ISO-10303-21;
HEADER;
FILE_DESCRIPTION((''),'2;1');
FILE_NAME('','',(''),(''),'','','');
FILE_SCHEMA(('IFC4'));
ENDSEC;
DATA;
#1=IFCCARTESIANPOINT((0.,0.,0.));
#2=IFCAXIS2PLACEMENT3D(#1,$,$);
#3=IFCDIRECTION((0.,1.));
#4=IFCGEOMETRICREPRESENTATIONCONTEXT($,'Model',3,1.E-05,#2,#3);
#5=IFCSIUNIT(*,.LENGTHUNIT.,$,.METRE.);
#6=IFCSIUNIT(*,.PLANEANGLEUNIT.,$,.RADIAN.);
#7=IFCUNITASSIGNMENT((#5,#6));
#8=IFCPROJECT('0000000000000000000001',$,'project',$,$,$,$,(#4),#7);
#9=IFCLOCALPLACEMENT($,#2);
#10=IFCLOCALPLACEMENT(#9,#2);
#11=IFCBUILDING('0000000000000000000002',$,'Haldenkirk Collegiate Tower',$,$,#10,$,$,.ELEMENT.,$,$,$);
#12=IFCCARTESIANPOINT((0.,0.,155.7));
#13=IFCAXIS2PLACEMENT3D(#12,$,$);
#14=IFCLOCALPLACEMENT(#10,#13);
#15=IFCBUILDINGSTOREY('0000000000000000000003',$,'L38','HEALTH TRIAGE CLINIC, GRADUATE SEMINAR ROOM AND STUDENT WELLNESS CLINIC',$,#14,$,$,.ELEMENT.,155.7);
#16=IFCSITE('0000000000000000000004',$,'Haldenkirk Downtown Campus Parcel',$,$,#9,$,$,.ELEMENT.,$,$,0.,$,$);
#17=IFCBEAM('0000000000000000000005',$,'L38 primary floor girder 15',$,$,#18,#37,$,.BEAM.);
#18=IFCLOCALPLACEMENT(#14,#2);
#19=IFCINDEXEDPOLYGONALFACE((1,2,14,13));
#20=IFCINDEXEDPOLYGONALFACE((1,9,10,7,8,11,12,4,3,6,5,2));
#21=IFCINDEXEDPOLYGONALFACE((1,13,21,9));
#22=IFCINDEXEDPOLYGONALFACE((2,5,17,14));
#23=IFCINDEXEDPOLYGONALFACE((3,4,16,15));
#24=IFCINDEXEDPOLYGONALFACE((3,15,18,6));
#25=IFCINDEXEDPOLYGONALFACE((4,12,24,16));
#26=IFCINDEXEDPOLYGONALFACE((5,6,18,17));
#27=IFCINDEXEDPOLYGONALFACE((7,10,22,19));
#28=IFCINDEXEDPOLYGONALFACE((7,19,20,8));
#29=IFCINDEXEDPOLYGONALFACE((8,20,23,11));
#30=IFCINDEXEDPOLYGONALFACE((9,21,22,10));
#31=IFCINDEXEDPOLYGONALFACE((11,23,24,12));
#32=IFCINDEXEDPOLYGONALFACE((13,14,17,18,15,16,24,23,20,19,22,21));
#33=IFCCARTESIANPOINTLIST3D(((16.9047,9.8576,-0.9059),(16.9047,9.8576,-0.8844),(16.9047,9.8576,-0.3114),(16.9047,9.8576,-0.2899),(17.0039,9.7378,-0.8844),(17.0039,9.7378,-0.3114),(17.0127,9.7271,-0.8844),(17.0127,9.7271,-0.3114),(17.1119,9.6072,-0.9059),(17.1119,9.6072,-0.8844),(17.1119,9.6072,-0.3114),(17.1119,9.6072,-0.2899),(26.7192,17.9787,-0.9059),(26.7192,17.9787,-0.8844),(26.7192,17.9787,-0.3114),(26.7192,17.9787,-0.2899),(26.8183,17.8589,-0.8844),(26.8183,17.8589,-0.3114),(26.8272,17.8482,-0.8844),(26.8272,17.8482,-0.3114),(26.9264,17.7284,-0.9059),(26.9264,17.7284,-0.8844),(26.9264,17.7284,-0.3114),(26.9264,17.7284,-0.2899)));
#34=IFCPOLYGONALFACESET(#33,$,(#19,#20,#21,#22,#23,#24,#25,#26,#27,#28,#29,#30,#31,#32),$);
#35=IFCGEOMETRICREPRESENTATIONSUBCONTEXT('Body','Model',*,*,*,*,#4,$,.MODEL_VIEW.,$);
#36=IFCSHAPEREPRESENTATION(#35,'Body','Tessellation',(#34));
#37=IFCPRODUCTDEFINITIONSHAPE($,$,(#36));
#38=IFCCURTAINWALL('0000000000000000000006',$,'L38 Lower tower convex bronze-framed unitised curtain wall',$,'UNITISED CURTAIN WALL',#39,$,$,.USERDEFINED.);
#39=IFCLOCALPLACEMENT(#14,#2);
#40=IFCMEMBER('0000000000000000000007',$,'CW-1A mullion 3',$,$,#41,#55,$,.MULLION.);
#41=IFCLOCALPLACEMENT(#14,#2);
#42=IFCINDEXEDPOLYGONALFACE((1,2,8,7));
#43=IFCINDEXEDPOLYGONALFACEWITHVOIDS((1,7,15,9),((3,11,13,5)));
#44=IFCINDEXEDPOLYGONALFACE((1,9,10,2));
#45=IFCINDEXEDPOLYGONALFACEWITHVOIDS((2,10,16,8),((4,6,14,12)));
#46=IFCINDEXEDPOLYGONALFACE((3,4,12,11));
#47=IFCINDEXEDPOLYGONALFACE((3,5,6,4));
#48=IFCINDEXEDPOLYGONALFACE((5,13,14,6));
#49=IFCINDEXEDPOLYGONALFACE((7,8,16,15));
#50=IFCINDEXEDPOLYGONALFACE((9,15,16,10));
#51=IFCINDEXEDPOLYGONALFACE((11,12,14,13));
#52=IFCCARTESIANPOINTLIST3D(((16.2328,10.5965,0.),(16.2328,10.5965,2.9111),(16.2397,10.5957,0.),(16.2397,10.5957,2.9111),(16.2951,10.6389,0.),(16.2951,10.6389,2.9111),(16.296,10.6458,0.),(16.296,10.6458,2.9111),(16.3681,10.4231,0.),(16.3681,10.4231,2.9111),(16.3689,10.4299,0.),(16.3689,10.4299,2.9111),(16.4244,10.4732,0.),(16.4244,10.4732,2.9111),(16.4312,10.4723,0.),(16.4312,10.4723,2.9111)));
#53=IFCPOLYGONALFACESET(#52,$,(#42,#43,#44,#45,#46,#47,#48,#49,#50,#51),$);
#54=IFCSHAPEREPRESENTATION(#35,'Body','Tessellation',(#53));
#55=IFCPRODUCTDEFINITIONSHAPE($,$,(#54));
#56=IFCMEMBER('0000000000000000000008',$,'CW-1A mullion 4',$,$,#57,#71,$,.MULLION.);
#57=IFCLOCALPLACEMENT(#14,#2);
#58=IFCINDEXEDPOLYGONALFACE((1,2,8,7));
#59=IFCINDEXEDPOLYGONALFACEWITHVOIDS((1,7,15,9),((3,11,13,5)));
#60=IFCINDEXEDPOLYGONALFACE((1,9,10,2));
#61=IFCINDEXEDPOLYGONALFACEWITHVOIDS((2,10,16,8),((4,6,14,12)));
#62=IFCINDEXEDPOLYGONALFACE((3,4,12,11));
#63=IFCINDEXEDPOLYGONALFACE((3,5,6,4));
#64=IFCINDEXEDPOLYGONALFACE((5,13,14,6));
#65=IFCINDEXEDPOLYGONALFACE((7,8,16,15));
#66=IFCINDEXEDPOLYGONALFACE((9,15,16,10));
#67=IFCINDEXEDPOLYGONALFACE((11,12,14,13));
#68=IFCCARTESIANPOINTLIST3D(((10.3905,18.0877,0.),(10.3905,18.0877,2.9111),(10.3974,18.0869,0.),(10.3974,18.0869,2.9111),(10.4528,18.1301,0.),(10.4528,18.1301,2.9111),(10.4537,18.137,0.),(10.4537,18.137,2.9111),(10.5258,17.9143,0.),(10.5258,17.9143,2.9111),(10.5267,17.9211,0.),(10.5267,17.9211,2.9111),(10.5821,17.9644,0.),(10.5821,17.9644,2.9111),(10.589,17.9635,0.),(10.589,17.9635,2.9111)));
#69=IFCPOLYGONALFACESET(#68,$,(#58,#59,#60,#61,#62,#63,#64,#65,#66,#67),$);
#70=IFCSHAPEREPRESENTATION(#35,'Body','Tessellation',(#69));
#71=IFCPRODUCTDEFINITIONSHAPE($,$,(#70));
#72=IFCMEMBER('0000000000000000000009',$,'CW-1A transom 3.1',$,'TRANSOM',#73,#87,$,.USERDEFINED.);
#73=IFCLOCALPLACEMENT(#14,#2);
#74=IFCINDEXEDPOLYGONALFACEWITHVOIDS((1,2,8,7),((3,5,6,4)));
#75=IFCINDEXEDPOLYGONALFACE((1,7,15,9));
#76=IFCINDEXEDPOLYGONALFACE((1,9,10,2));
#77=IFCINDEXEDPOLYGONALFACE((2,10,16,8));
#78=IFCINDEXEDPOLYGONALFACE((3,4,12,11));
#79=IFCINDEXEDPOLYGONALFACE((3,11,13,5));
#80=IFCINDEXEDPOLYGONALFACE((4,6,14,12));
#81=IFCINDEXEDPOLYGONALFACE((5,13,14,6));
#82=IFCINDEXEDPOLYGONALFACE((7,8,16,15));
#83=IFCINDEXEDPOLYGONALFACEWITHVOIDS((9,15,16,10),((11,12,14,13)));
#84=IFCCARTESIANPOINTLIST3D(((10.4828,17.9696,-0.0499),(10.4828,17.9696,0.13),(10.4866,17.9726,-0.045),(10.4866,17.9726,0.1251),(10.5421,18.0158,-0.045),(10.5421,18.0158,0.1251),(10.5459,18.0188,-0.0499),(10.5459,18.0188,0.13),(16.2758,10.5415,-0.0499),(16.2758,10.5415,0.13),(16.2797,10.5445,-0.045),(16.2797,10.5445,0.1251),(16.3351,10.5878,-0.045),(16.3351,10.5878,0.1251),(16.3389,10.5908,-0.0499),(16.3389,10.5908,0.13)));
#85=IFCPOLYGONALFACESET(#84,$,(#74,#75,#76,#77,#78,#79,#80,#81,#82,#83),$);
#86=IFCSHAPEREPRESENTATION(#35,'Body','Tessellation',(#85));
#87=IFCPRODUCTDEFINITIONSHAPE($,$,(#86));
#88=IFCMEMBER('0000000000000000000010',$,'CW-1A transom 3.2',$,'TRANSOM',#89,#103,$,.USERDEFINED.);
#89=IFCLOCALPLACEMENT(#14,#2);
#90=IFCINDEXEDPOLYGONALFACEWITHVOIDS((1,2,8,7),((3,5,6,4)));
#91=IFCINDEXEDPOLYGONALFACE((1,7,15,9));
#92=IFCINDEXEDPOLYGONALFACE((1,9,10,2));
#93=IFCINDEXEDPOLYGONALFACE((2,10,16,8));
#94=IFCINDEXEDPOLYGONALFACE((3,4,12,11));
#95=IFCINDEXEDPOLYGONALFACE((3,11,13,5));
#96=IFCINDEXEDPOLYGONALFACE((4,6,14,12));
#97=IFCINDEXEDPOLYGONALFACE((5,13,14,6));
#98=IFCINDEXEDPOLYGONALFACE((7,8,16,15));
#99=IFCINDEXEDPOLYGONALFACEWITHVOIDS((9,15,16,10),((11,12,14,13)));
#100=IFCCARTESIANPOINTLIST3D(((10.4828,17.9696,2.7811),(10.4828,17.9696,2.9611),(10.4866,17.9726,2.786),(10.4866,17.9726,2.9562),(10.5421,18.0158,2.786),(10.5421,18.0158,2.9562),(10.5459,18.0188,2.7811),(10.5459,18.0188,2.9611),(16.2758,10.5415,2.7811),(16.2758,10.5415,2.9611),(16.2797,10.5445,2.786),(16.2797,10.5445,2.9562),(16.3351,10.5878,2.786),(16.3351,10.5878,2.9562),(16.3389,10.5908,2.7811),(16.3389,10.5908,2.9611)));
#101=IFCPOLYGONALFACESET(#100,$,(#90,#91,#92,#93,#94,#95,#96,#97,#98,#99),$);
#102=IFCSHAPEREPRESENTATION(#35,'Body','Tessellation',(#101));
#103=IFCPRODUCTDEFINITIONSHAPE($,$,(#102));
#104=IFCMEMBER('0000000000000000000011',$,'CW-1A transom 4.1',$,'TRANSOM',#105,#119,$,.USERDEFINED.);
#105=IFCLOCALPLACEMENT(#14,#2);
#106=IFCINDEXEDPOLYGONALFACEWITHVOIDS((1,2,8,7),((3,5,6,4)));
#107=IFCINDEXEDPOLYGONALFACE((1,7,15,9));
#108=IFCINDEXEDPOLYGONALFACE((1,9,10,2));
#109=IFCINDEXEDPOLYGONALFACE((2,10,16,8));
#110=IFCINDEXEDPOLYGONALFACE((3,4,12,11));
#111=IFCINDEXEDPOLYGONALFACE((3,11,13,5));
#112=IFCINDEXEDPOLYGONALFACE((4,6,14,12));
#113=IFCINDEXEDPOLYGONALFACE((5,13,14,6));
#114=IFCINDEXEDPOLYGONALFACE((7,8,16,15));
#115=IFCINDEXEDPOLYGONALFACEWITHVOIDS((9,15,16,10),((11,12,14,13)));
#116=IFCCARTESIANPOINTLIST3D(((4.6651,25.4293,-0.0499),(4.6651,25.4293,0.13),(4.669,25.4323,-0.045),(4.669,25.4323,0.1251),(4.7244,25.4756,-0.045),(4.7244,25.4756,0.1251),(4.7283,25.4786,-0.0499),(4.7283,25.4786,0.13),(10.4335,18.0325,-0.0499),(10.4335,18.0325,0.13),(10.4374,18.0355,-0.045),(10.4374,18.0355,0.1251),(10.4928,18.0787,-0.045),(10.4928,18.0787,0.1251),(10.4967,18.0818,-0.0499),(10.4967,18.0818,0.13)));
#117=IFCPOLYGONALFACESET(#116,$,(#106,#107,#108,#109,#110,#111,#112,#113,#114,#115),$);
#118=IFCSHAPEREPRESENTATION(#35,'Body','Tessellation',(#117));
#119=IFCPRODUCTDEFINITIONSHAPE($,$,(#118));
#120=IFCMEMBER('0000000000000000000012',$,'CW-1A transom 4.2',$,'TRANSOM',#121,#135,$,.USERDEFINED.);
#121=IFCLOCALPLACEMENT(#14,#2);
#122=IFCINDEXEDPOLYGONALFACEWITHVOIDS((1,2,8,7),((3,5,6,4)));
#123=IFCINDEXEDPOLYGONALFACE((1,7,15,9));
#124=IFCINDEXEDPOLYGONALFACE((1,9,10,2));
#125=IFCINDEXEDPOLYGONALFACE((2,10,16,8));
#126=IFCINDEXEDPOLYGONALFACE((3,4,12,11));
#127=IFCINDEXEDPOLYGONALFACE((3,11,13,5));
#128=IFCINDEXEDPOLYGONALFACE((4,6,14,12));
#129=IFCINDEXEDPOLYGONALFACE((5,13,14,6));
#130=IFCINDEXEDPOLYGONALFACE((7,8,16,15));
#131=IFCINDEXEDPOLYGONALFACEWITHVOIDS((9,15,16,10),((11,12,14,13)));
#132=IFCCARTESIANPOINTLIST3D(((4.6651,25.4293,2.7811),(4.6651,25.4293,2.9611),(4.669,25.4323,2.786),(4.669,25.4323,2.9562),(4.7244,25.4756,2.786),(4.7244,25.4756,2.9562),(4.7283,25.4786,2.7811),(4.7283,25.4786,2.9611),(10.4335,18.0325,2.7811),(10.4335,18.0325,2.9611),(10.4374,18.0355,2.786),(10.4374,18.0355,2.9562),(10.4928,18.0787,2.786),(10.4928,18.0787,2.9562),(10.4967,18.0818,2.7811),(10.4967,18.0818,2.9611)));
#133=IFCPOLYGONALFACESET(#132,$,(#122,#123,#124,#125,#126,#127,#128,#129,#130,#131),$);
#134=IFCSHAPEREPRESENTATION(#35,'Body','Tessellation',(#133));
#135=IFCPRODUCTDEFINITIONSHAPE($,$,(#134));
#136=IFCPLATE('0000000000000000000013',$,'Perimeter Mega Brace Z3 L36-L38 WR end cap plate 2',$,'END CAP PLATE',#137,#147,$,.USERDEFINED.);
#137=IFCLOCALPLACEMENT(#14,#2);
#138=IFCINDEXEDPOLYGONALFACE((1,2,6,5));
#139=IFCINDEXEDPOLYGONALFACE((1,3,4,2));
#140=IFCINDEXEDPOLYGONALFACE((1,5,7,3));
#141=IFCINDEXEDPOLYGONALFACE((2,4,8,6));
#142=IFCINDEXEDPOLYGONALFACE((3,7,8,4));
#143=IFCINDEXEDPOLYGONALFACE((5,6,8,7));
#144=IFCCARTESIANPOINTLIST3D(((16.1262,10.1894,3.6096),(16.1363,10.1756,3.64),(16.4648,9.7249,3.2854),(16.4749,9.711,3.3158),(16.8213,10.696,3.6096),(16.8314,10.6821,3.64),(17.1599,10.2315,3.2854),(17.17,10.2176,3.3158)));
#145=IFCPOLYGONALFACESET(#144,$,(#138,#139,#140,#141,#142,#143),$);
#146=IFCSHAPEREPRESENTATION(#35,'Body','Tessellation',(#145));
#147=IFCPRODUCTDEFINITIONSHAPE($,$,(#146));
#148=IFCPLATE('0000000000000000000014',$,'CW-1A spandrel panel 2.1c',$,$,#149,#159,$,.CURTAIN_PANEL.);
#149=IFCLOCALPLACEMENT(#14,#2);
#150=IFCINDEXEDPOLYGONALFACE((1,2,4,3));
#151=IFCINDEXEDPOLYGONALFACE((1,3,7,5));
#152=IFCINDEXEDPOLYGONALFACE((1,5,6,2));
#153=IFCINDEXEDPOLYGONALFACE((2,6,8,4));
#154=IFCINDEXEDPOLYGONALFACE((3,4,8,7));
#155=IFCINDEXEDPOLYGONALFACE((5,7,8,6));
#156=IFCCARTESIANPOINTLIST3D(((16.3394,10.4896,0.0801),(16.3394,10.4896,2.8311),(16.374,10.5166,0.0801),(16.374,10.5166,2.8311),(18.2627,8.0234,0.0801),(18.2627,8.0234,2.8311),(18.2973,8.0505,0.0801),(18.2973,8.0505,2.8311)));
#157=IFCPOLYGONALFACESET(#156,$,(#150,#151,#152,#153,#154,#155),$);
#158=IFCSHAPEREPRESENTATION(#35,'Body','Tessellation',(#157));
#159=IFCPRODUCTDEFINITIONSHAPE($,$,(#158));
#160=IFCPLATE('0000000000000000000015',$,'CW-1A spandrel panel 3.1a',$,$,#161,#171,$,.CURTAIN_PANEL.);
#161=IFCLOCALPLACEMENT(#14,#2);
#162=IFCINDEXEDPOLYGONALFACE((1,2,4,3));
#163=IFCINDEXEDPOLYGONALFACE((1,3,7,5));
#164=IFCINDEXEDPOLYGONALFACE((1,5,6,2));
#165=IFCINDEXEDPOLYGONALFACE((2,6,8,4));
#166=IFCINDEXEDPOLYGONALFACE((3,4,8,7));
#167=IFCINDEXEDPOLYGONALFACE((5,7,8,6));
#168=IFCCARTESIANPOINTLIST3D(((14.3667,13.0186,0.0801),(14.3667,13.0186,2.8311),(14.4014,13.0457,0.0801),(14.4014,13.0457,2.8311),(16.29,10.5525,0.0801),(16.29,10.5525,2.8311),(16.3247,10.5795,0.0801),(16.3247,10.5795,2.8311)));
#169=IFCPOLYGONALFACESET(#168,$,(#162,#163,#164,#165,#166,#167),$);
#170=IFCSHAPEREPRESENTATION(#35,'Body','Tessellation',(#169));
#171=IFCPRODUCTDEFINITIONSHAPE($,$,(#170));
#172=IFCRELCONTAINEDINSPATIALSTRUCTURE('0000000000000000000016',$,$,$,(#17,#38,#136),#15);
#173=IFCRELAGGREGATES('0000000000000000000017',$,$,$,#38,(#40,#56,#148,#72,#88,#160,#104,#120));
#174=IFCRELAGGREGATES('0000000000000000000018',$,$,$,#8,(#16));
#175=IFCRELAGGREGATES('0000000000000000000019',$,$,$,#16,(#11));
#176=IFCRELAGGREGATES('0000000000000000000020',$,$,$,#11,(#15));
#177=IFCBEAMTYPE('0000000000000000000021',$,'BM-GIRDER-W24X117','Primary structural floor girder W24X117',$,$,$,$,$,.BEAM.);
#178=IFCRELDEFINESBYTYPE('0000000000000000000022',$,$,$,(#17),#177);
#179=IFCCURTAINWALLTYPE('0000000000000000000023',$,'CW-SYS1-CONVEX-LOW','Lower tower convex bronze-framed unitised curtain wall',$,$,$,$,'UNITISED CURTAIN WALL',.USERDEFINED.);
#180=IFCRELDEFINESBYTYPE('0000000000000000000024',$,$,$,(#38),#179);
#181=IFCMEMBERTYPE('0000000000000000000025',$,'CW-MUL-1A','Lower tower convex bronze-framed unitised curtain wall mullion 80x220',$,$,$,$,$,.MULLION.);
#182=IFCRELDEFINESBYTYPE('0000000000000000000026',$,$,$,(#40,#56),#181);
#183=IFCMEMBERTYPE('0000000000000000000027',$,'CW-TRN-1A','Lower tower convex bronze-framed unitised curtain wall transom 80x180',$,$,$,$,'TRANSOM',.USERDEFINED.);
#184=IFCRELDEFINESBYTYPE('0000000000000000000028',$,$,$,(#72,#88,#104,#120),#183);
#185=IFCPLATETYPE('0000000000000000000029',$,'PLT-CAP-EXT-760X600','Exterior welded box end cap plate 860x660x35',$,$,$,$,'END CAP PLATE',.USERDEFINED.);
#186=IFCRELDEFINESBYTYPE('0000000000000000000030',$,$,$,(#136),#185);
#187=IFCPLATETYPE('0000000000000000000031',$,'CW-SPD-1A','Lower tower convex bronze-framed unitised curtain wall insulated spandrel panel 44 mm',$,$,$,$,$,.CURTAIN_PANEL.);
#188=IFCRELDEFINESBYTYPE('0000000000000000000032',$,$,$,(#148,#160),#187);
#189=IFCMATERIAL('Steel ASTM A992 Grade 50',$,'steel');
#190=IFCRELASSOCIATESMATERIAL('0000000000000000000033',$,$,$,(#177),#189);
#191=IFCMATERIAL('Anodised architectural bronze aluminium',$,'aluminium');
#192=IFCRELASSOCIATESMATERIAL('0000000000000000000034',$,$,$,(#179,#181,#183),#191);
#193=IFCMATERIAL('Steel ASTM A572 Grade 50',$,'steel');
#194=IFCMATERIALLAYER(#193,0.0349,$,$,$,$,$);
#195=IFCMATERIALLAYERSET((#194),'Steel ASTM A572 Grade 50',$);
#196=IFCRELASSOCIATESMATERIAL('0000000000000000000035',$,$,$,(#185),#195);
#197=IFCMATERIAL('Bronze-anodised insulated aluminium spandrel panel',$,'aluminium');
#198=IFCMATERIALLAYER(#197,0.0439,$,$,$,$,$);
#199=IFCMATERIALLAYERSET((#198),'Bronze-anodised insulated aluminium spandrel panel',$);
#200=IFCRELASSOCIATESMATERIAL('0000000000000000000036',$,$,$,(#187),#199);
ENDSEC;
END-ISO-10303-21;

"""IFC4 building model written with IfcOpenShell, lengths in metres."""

from ifc_helpers import new_model, si_unit, direction, frame, origin, origin_2d, place, context, subcontext, project, spatial, rectangle, hollow_rectangle, i_section, extrude, source, transform, mapped, material, layer, layer_set, material_profile, profile_set, type_object, element, aggregate, save


model = new_model("IFC4")

# Units and contexts
model_context = context("Model", 3, precision=1e-05, world=origin(), true_north=direction((0.0, 1.0)))
body_context = subcontext(model_context, "Body", "Model", "MODEL_VIEW")
ifc_project = project(units=[si_unit("LENGTHUNIT", "METRE"), si_unit("PLANEANGLEUNIT", "RADIAN")], contexts=[model_context])

# Site, building, storey
site_placement = place(None, origin())
site = spatial("IfcSite", under=ifc_project, at=site_placement, Name="Haldenkirk Downtown Campus Parcel", CompositionType="ELEMENT", RefElevation=0.0)
building_placement = place(site_placement, origin())
building = spatial("IfcBuilding", under=site, at=building_placement, Name="Haldenkirk Collegiate Tower", CompositionType="ELEMENT")
storey_placement = place(building_placement, frame((0.0, 0.0, 155.7)))
storey = spatial("IfcBuildingStorey", under=building, at=storey_placement, Name="L38", Description="HEALTH TRIAGE CLINIC, GRADUATE SEMINAR ROOM AND STUDENT WELLNESS CLINIC", CompositionType="ELEMENT", Elevation=155.7)

# Beam
ifc_material_1 = material(Name="Steel ASTM A992 Grade 50", Category="steel")
ifc_material_profile_1 = material_profile(ifc_material_1, i_section(OverallWidth=0.325, OverallDepth=0.616, WebThickness=0.0139, FlangeThickness=0.0215, at=origin_2d()), Name="W24X117")
ifc_profile_set_1 = profile_set([ifc_material_profile_1], Name="Steel ASTM A992 Grade 50")
beam_type = type_object("IfcBeamType", Name="BM-GIRDER-W24X117", Description="Primary structural floor girder W24X117", PredefinedType="BEAM", material=ifc_profile_set_1)
beam_placement = place(storey_placement, frame((17.0083, 9.7324, -0.5979), z_axis=(0.770441, 0.637511, 0.0), x_axis=(-0.637511, 0.770441, 0.0)))
element("IfcBeam", 1, at=beam_placement, inside=storey, type_object=beam_type, Name="L38 primary floor girder 15", PredefinedType="BEAM", context=body_context, shape_type="SweptSolid", body=[
    extrude(i_section(OverallWidth=0.325, OverallDepth=0.616, WebThickness=0.0139, FlangeThickness=0.0215, at=origin_2d()), origin(), (0.0, 0.0, 1.0), 12.7388),
])

# Curtain wall, members
ifc_material_2 = material(Name="Anodised architectural bronze aluminium", Category="aluminium")
curtain_wall_type = type_object("IfcCurtainWallType", Name="CW-SYS1-CONVEX-LOW", Description="Lower tower convex bronze-framed unitised curtain wall", ElementType="UNITISED CURTAIN WALL", PredefinedType="USERDEFINED", material=ifc_material_2)
curtain_wall_placement = place(storey_placement, origin())
curtain_wall = element("IfcCurtainWall", 2, at=curtain_wall_placement, inside=storey, type_object=curtain_wall_type, Name="L38 Lower tower convex bronze-framed unitised curtain wall", ObjectType="UNITISED CURTAIN WALL", PredefinedType="USERDEFINED")
ifc_material_profile_2 = material_profile(ifc_material_2, hollow_rectangle(XDim=0.0801, YDim=0.22, WallThickness=0.0049, at=origin_2d()), Name="CW-MUL-1A")
ifc_profile_set_2 = profile_set([ifc_material_profile_2], Name="Anodised architectural bronze aluminium")
member_type_1 = type_object("IfcMemberType", Name="CW-MUL-1A", Description="Lower tower convex bronze-framed unitised curtain wall mullion 80x220", PredefinedType="MULLION", material=ifc_profile_set_2)
member_1_placement = place(storey_placement, frame((16.332, 10.5344, 0.0), z_axis=(0.0, 0.0, 1.0), x_axis=(-0.788548, -0.614974, 0.0)))
member_1 = element("IfcMember", 3, at=member_1_placement, type_object=member_type_1, Name="CW-1A mullion 3", PredefinedType="MULLION", context=body_context, shape_type="SweptSolid", body=[
    extrude(hollow_rectangle(XDim=0.0801, YDim=0.22, WallThickness=0.0049, at=origin_2d()), origin(), (0.0, 0.0, 1.0), 2.9111),
])
member_2_placement = place(storey_placement, frame((10.4897, 18.0256, 0.0), z_axis=(0.0, 0.0, 1.0), x_axis=(-0.788548, -0.614974, 0.0)))
member_2 = element("IfcMember", 4, at=member_2_placement, type_object=member_type_1, Name="CW-1A mullion 4", PredefinedType="MULLION", context=body_context, shape_type="SweptSolid", body=[
    extrude(hollow_rectangle(XDim=0.0801, YDim=0.22, WallThickness=0.0049, at=origin_2d()), origin(), (0.0, 0.0, 1.0), 2.9111),
])
ifc_material_profile_3 = material_profile(ifc_material_2, hollow_rectangle(XDim=0.0801, YDim=0.1799, WallThickness=0.0049, at=origin_2d()), Name="CW-TRN-1A")
ifc_profile_set_3 = profile_set([ifc_material_profile_3], Name="Anodised architectural bronze aluminium")
member_type_2 = type_object("IfcMemberType", Name="CW-TRN-1A", Description="Lower tower convex bronze-framed unitised curtain wall transom 80x180", ElementType="TRANSOM", PredefinedType="USERDEFINED", material=ifc_profile_set_3)
member_3_placement = place(storey_placement, frame((16.3074, 10.5662, 0.04), z_axis=(-0.614975, 0.788546, 0.0), x_axis=(-0.788546, -0.614975, 0.0)))
member_3 = element("IfcMember", 5, at=member_3_placement, type_object=member_type_2, Name="CW-1A transom 3.1", ObjectType="TRANSOM", PredefinedType="USERDEFINED", context=body_context, shape_type="SweptSolid", body=[
    extrude(hollow_rectangle(XDim=0.0801, YDim=0.1799, WallThickness=0.0049, at=origin_2d()), origin(), (0.0, 0.0, 1.0), 9.4199),
])
member_4_placement = place(storey_placement, frame((16.3074, 10.5662, 2.8711), z_axis=(-0.614975, 0.788546, 0.0), x_axis=(-0.788546, -0.614975, 0.0)))
member_4 = element("IfcMember", 6, at=member_4_placement, type_object=member_type_2, Name="CW-1A transom 3.2", ObjectType="TRANSOM", PredefinedType="USERDEFINED", context=body_context, shape_type="SweptSolid", body=[
    extrude(hollow_rectangle(XDim=0.0801, YDim=0.1799, WallThickness=0.0049, at=origin_2d()), origin(), (0.0, 0.0, 1.0), 9.4199),
])
member_5_placement = place(storey_placement, frame((10.4651, 18.0571, 0.04), z_axis=(-0.614956, 0.788561, 0.0), x_axis=(-0.788561, -0.614956, 0.0)))
member_5 = element("IfcMember", 7, at=member_5_placement, type_object=member_type_2, Name="CW-1A transom 4.1", ObjectType="TRANSOM", PredefinedType="USERDEFINED", context=body_context, shape_type="SweptSolid", body=[
    extrude(hollow_rectangle(XDim=0.0801, YDim=0.1799, WallThickness=0.0049, at=origin_2d()), origin(), (0.0, 0.0, 1.0), 9.3801),
])
member_6_placement = place(storey_placement, frame((10.4651, 18.0571, 2.8711), z_axis=(-0.614956, 0.788561, 0.0), x_axis=(-0.788561, -0.614956, 0.0)))
member_6 = element("IfcMember", 8, at=member_6_placement, type_object=member_type_2, Name="CW-1A transom 4.2", ObjectType="TRANSOM", PredefinedType="USERDEFINED", context=body_context, shape_type="SweptSolid", body=[
    extrude(hollow_rectangle(XDim=0.0801, YDim=0.1799, WallThickness=0.0049, at=origin_2d()), origin(), (0.0, 0.0, 1.0), 9.3801),
])

# Plates
ifc_material_3 = material(Name="Steel ASTM A572 Grade 50", Category="steel")
ifc_layer_1 = layer(ifc_material_3, 0.0349)
ifc_layer_set_1 = layer_set([ifc_layer_1], Name="Steel ASTM A572 Grade 50")
plate_type_1 = type_object("IfcPlateType", Name="PLT-CAP-EXT-760X600", Description="Exterior welded box end cap plate 860x660x35", ElementType="END CAP PLATE", PredefinedType="USERDEFINED", material=ifc_layer_set_1)
shared_shape_1 = source(origin(), body_context, "Body", "SweptSolid", [
    extrude(rectangle(XDim=0.8601, YDim=0.6599, at=origin_2d()), origin(), (0.0, 0.0, 1.0), 0.0349),
])
plate_1_placement = place(storey_placement, frame((16.6431, 10.2104, 3.4475), z_axis=(0.289321, -0.396988, 0.87103), x_axis=(0.808152, 0.588974, 0.0)))
element("IfcPlate", 9, at=plate_1_placement, inside=storey, type_object=plate_type_1, Name="Perimeter Mega Brace Z3 L36-L38 WR end cap plate 2", ObjectType="END CAP PLATE", PredefinedType="USERDEFINED", context=body_context, shape_type="MappedRepresentation", body=[
    mapped(shared_shape_1, transform((0.0, 0.0, 0.0), x_axis=(1.0, 0.0, 0.0), y_axis=(0.0, 1.0, 0.0), z_axis=(0.0, 0.0, 1.0), scale=1.0)),
])
ifc_material_4 = material(Name="Bronze-anodised insulated aluminium spandrel panel", Category="aluminium")
ifc_layer_2 = layer(ifc_material_4, 0.0439)
ifc_layer_set_2 = layer_set([ifc_layer_2], Name="Bronze-anodised insulated aluminium spandrel panel")
plate_type_2 = type_object("IfcPlateType", Name="CW-SPD-1A", Description="Lower tower convex bronze-framed unitised curtain wall insulated spandrel panel 44 mm", PredefinedType="CURTAIN_PANEL", material=ifc_layer_set_2)
shared_shape_2 = source(origin(), body_context, "Body", "SweptSolid", [
    extrude(rectangle(XDim=3.1274, YDim=0.0439, at=origin_2d()), origin(), (0.0, 0.0, 1.0), 2.751),
])
plate_2_placement = place(storey_placement, frame((17.3184, 9.27, 0.0801), z_axis=(0.0, 0.0, 1.0), x_axis=(-0.614974, 0.788548, 0.0)))
plate_2 = element("IfcPlate", 10, at=plate_2_placement, type_object=plate_type_2, Name="CW-1A spandrel panel 2.1c", PredefinedType="CURTAIN_PANEL", context=body_context, shape_type="MappedRepresentation", body=[
    mapped(shared_shape_2, transform((0.0, 0.0, 0.0), x_axis=(1.0, 0.0, 0.0), y_axis=(0.0, 1.0, 0.0), z_axis=(0.0, 0.0, 1.0), scale=1.0)),
])
plate_3_placement = place(storey_placement, frame((15.3457, 11.7991, 0.0801), z_axis=(0.0, 0.0, 1.0), x_axis=(-0.614974, 0.788548, 0.0)))
plate_3 = element("IfcPlate", 11, at=plate_3_placement, type_object=plate_type_2, Name="CW-1A spandrel panel 3.1a", PredefinedType="CURTAIN_PANEL", context=body_context, shape_type="MappedRepresentation", body=[
    mapped(shared_shape_2, transform((0.0, 0.0, 0.0), x_axis=(1.0, 0.0, 0.0), y_axis=(0.0, 1.0, 0.0), z_axis=(0.0, 0.0, 1.0), scale=1.0)),
])
aggregate(curtain_wall, [member_1, member_2, plate_2, member_3, member_4, plate_3, member_5, member_6])

save(model, "model.ifc")
